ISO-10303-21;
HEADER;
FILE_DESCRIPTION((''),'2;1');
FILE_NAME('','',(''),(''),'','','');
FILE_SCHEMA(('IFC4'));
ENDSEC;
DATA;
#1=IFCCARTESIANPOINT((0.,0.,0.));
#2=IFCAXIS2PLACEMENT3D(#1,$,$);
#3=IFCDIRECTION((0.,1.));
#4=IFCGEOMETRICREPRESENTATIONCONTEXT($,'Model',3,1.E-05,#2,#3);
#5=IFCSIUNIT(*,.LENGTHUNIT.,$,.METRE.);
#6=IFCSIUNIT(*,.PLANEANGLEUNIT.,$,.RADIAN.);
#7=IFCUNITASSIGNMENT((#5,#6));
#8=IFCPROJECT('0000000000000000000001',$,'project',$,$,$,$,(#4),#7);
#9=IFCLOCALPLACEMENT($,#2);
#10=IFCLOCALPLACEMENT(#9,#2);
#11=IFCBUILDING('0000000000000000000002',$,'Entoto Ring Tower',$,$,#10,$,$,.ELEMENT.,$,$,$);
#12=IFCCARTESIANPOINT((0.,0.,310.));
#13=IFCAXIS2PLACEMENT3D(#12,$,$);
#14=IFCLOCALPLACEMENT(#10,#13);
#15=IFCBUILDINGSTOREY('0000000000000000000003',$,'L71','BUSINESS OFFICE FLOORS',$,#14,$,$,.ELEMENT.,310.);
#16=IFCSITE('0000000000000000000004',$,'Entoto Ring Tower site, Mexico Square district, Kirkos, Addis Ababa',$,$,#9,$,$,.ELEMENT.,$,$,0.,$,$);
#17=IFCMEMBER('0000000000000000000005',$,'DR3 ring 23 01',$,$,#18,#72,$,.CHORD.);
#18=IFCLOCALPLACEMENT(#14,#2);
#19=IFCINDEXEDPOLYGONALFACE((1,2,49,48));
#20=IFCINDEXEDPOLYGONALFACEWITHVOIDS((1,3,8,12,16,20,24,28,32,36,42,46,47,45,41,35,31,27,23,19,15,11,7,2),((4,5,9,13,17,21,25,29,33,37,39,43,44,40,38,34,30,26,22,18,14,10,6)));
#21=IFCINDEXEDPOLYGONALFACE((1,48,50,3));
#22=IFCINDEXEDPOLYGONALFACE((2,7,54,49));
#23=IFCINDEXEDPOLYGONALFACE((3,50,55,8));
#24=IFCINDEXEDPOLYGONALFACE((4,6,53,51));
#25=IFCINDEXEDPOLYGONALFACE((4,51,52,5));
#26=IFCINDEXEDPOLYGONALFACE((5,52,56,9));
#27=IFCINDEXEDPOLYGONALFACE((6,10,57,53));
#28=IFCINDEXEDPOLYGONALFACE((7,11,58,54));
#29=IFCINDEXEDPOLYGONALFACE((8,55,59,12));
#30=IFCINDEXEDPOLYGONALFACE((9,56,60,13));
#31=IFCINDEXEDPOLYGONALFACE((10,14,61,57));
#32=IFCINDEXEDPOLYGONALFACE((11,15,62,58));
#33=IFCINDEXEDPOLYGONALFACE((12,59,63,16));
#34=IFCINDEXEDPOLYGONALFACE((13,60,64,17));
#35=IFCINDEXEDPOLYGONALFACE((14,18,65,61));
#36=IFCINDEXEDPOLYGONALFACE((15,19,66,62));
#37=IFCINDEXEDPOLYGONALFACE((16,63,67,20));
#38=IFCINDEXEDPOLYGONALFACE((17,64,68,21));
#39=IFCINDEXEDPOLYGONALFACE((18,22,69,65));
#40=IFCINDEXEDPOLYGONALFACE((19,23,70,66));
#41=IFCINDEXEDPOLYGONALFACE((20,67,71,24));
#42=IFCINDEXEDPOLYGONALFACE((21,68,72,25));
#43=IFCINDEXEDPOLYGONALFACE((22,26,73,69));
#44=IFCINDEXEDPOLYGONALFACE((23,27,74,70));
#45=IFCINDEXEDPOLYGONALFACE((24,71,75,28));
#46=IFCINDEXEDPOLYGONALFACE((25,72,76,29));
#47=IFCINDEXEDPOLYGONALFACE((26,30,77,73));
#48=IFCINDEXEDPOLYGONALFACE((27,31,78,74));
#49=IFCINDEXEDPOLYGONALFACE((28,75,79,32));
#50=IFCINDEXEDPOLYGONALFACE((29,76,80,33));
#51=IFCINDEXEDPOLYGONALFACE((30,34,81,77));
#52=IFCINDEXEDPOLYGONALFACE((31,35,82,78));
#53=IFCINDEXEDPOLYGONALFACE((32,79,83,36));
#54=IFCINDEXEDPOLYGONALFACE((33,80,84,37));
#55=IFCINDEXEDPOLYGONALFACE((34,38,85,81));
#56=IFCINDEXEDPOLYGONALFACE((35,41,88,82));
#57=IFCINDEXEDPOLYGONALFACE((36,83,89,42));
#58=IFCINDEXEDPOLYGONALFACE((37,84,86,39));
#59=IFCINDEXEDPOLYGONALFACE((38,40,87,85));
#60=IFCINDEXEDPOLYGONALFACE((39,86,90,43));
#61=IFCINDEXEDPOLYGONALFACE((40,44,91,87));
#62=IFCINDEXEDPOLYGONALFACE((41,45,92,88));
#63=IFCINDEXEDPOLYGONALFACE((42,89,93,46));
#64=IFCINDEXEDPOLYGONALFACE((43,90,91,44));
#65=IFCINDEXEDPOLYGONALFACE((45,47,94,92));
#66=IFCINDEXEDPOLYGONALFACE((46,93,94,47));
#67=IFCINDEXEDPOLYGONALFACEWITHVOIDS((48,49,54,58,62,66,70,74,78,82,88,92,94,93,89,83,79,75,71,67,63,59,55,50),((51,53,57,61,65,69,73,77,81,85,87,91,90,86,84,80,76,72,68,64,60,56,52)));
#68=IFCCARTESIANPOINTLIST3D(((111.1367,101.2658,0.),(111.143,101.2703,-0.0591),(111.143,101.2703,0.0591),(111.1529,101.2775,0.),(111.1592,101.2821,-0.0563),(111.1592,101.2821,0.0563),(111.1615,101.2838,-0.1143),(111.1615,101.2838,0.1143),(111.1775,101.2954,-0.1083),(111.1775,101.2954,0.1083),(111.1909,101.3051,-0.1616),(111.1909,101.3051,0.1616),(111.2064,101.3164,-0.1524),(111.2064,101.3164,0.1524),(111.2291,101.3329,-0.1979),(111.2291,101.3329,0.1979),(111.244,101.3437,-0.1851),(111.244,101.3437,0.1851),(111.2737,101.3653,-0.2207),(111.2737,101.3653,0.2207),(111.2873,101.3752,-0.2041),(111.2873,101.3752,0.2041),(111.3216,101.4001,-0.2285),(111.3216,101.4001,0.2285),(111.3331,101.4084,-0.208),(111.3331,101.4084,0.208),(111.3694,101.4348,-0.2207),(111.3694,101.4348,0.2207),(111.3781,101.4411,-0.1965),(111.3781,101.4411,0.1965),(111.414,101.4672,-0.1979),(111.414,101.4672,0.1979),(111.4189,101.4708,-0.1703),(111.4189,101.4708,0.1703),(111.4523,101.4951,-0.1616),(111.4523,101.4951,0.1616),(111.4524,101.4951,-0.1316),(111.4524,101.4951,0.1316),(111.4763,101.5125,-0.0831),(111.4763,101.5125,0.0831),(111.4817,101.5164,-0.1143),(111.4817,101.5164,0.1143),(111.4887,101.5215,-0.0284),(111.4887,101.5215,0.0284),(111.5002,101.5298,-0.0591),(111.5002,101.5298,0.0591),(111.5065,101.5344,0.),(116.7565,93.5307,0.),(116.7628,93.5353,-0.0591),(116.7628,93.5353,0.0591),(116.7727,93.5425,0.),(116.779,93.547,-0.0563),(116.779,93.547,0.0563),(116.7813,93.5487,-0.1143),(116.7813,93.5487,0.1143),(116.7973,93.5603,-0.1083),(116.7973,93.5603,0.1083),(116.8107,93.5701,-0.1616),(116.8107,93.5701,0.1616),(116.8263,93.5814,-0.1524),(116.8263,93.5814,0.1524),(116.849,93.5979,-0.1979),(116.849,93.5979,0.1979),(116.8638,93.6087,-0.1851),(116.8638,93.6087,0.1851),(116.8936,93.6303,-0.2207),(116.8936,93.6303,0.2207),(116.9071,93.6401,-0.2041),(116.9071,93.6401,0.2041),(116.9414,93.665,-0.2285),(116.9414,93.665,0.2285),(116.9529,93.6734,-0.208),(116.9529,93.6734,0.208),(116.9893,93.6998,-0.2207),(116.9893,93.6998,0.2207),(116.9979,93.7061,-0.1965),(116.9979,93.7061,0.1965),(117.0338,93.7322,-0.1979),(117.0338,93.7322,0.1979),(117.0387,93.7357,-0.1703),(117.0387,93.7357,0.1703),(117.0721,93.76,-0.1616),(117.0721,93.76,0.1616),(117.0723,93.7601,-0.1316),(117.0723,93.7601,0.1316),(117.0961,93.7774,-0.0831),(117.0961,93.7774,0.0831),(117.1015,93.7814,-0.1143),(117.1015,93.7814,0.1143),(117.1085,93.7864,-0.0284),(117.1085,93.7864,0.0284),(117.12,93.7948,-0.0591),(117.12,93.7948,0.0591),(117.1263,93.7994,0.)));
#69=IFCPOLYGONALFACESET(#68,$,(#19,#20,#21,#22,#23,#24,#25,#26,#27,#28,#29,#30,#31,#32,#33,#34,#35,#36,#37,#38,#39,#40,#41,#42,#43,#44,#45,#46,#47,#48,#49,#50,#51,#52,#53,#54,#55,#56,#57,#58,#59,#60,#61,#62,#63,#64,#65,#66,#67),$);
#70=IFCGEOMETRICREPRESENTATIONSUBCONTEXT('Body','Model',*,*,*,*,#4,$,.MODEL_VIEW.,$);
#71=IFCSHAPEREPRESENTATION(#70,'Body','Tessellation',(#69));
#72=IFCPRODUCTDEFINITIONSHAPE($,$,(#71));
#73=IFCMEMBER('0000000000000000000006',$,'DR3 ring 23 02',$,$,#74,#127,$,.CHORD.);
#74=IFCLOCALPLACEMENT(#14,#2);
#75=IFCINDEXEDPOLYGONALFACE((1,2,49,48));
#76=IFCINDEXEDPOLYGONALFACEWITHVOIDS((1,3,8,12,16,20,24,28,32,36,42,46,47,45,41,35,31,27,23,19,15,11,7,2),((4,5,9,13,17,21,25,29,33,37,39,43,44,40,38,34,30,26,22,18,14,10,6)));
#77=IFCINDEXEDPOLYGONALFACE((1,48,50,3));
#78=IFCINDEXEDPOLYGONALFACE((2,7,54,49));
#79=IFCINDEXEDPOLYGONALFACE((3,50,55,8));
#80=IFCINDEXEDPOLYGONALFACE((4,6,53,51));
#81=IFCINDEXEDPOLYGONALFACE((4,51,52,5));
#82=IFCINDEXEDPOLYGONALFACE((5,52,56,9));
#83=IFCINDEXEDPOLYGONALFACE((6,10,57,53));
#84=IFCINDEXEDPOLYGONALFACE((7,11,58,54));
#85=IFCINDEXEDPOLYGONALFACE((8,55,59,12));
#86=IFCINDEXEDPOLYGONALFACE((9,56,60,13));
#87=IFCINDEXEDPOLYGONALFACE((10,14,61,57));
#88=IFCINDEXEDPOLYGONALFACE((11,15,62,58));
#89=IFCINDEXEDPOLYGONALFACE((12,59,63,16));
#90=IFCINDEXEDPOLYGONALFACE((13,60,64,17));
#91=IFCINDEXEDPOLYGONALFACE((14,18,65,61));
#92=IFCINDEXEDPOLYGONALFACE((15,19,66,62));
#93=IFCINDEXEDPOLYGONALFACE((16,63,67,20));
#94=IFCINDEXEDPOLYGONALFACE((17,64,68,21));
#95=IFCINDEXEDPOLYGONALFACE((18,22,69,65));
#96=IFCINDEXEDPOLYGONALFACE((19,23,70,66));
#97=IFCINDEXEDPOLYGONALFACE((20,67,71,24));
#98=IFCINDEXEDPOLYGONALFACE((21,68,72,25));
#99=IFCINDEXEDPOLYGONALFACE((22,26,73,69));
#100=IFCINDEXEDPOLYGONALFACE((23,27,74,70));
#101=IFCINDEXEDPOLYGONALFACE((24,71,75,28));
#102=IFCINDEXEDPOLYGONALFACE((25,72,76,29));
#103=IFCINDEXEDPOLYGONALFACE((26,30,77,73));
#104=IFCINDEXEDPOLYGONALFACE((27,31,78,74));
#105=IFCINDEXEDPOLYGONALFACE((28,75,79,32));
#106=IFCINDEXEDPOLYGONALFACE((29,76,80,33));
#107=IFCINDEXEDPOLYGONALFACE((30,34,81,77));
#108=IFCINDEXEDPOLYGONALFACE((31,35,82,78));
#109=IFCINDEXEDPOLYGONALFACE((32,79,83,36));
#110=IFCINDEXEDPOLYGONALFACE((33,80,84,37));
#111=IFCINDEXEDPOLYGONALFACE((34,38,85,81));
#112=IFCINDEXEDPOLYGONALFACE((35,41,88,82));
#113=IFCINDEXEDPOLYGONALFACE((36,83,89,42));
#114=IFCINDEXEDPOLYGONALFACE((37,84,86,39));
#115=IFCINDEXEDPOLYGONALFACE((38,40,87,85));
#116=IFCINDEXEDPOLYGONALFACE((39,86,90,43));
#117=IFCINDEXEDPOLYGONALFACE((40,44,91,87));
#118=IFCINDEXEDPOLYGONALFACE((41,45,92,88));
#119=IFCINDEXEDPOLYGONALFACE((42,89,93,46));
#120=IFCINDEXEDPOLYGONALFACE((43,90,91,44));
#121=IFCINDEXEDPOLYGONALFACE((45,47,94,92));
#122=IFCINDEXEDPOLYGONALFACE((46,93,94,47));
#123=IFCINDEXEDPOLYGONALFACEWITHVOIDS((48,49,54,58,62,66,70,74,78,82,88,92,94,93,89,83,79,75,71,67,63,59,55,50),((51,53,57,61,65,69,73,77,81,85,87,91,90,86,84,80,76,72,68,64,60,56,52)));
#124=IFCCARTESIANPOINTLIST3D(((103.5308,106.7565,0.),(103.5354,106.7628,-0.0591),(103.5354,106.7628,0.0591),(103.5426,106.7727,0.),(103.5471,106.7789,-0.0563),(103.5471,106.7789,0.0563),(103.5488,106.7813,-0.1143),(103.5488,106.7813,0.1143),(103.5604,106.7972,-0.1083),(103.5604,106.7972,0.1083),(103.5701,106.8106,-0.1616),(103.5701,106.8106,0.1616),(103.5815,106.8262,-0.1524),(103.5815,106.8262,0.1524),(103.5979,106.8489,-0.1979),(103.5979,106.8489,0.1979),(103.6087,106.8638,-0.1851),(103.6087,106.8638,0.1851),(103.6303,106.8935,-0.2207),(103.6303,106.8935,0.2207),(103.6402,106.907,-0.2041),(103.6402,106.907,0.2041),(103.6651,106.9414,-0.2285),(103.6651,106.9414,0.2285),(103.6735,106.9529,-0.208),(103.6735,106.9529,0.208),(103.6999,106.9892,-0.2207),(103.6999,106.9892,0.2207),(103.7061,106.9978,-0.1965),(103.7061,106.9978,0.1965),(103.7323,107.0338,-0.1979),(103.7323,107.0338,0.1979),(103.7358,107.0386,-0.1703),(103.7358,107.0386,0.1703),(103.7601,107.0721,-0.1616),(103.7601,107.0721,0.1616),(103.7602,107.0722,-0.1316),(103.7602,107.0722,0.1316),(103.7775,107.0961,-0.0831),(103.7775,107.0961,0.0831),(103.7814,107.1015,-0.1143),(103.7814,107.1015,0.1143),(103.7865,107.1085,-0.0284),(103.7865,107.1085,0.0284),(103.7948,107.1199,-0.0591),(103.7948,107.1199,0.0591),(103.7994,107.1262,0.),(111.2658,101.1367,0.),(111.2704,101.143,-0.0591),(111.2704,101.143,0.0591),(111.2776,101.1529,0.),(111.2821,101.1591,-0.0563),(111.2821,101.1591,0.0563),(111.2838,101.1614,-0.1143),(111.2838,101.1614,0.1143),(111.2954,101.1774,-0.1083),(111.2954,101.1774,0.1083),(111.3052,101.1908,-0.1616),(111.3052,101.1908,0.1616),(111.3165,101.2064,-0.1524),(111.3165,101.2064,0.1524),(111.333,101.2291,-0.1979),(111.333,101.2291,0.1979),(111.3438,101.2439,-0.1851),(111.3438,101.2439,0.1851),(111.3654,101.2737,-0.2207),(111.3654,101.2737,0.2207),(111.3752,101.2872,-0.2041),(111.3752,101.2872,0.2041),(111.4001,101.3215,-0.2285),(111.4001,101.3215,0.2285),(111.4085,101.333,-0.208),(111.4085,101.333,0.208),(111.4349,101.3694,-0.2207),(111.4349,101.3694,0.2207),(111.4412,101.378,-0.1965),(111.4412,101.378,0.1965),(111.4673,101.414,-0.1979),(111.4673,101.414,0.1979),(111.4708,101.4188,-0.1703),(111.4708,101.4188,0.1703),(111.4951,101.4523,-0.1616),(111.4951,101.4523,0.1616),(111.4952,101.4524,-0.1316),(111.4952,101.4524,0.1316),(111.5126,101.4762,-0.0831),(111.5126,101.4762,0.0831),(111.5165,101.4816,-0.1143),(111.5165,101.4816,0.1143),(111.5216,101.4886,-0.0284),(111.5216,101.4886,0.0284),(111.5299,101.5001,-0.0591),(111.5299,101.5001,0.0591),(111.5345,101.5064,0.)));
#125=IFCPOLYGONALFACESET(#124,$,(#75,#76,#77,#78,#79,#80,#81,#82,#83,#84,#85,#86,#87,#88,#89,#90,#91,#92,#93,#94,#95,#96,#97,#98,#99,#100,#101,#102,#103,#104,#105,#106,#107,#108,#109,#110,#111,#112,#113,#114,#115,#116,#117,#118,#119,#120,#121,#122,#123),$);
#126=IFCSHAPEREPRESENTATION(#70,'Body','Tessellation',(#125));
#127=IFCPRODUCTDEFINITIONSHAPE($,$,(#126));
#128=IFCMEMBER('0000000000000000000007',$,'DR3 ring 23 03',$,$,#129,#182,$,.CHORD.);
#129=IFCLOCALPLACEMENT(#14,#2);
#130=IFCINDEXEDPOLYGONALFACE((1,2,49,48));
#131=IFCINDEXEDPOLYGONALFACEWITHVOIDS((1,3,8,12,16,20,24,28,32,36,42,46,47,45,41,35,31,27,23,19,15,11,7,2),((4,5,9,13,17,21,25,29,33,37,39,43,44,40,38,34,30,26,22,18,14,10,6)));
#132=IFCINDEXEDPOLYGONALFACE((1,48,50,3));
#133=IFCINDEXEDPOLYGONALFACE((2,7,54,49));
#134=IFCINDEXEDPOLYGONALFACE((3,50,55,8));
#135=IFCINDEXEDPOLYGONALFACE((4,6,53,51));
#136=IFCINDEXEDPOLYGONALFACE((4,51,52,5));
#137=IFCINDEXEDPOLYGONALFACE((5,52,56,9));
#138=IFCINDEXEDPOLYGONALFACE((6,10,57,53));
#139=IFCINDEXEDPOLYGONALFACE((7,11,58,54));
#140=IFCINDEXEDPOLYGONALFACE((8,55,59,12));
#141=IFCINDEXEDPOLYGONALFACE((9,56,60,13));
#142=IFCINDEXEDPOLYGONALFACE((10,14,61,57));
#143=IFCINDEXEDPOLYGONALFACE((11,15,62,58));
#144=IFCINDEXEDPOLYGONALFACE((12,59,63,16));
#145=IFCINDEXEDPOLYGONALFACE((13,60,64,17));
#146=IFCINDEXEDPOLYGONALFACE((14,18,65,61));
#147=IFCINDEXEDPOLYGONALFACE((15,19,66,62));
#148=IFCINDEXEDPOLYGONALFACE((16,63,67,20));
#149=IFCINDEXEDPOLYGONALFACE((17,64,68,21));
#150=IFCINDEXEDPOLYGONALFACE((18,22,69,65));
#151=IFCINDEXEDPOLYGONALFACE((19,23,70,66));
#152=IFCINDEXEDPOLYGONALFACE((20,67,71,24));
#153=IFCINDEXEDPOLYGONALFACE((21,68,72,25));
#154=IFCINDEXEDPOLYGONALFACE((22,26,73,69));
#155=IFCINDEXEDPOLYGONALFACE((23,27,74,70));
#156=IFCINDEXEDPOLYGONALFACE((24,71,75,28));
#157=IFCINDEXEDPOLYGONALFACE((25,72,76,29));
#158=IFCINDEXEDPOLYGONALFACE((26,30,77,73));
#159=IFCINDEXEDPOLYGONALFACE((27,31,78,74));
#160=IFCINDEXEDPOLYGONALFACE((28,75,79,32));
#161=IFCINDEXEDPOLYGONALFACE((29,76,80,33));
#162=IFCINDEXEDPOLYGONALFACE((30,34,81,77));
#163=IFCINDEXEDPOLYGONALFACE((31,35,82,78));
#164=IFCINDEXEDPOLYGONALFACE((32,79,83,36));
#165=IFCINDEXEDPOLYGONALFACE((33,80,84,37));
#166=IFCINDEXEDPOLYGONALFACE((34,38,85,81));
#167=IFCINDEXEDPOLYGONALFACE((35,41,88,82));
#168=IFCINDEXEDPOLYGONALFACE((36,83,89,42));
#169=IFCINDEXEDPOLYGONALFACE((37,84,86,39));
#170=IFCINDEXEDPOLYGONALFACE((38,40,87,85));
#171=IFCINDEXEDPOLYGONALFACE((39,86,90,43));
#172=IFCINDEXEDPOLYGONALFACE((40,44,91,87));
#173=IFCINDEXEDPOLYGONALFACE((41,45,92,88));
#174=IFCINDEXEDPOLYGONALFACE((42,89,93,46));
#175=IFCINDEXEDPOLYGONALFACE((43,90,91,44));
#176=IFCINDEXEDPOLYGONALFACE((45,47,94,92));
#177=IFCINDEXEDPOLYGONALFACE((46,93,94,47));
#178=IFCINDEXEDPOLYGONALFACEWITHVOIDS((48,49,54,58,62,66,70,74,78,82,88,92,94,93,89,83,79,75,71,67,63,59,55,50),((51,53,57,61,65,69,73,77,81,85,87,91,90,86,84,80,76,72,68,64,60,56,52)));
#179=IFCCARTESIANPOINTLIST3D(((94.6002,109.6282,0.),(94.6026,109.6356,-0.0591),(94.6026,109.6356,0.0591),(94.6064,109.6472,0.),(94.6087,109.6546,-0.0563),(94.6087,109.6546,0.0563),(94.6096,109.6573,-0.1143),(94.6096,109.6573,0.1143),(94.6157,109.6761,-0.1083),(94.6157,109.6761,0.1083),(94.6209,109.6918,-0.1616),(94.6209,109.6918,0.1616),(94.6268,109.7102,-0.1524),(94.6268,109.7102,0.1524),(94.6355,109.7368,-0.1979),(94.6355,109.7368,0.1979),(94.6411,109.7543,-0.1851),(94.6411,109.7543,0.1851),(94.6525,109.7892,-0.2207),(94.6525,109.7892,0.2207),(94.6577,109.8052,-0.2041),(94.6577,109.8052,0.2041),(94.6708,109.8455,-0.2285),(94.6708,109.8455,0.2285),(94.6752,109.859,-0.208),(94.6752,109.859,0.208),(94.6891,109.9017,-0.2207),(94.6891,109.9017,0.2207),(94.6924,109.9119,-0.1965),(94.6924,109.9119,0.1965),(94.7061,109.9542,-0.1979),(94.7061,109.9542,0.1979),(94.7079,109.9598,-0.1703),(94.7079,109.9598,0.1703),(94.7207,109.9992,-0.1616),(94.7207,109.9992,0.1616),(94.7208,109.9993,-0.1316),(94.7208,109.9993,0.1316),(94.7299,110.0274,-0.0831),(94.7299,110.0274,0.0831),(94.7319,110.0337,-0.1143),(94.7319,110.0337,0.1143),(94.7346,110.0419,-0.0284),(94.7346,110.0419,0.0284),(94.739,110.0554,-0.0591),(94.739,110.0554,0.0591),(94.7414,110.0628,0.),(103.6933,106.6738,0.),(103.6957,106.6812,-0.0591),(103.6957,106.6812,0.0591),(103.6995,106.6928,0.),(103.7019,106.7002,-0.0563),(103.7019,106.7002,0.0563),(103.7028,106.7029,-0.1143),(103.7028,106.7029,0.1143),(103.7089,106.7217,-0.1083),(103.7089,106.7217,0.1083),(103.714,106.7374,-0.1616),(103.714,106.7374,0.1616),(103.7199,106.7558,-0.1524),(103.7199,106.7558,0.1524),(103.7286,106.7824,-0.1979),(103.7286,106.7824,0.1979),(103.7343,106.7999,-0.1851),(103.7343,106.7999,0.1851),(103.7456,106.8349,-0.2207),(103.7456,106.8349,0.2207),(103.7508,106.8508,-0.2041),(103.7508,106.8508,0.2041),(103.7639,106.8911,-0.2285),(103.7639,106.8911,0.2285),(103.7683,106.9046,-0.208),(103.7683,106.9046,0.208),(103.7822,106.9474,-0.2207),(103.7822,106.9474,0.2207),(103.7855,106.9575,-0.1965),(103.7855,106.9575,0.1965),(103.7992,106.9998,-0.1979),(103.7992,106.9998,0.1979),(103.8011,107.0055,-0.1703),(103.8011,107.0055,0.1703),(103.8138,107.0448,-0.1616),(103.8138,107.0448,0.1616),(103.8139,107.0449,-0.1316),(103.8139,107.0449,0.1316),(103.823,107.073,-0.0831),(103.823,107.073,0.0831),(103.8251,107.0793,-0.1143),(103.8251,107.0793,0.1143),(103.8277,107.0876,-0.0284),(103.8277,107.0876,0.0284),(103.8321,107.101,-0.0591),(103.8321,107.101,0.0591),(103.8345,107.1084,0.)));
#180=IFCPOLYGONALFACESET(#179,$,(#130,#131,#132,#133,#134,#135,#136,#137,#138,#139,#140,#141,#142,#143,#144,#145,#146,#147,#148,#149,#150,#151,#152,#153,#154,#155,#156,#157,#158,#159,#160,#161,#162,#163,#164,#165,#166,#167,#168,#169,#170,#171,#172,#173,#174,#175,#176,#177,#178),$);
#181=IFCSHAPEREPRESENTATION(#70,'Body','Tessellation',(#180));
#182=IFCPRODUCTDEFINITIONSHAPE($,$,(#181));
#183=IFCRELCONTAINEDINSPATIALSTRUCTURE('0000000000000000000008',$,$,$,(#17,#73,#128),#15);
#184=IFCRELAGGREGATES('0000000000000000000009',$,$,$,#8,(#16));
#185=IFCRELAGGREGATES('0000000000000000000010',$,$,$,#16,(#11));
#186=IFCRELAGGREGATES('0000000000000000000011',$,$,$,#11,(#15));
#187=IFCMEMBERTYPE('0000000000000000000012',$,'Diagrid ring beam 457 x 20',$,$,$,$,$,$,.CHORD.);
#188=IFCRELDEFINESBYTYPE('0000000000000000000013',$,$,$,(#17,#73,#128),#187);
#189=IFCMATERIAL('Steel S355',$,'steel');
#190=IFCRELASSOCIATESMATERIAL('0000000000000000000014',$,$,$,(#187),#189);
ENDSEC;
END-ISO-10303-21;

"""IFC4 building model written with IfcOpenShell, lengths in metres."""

from ifc_helpers import new_model, si_unit, direction, frame, origin, origin_2d, place, context, subcontext, project, spatial, circle, hollow_circle, extrude, material, material_profile, profile_set, type_object, element, save


model = new_model("IFC4")

# Units and contexts
model_context = context("Model", 3, precision=1e-05, world=origin(), true_north=direction((0.0, 1.0)))
body_context = subcontext(model_context, "Body", "Model", "MODEL_VIEW")
ifc_project = project(units=[si_unit("LENGTHUNIT", "METRE"), si_unit("PLANEANGLEUNIT", "RADIAN")], contexts=[model_context])

# Site, building, storey
site_placement = place(None, origin())
site = spatial("IfcSite", under=ifc_project, at=site_placement, Name="Entoto Ring Tower site, Mexico Square district, Kirkos, Addis Ababa", CompositionType="ELEMENT", RefElevation=0.0)
building_placement = place(site_placement, origin())
building = spatial("IfcBuilding", under=site, at=building_placement, Name="Entoto Ring Tower", CompositionType="ELEMENT")
storey_placement = place(building_placement, frame((0.0, 0.0, 310.0)))
storey = spatial("IfcBuildingStorey", under=building, at=storey_placement, Name="L71", Description="BUSINESS OFFICE FLOORS", CompositionType="ELEMENT", Elevation=310.0)

# Members
ifc_material_1 = material(Name="Steel S355", Category="steel")
ifc_material_profile_1 = material_profile(ifc_material_1, hollow_circle(Radius=0.2285, WallThickness=0.02, at=origin_2d()), Name="CHS 457 x 20")
ifc_material_2 = material(Name="Concrete C60/75", Category="concrete")
ifc_material_profile_2 = material_profile(ifc_material_2, circle(Radius=0.2085, at=origin_2d()), Name="Concrete C60/75 infill")
ifc_profile_set_1 = profile_set([ifc_material_profile_1, ifc_material_profile_2], Name="Steel S355")
member_type_1 = type_object("IfcMemberType", Name="Diagrid ring beam 457 x 20", PredefinedType="CHORD", material=ifc_profile_set_1)
for number, where, z_axis, x_axis, name in (
    (1, (116.9414, 93.665, 0.0), (-0.587784, 0.809018, 0.0), (-0.809018, -0.587784, 0.0), "DR3 ring 23 01"),
    (2, (111.4001, 101.3215, 0.0), (-0.809018, 0.587784, 0.0), (-0.587784, -0.809018, 0.0), "DR3 ring 23 02"),
    (3, (103.7639, 106.8911, 0.0), (-0.951061, 0.309002, 0.0), (-0.309002, -0.951061, 0.0), "DR3 ring 23 03"),
):
    element("IfcMember", number, at=place(storey_placement, frame(where, z_axis=z_axis, x_axis=x_axis)), inside=storey, type_object=member_type_1, Name=name, PredefinedType="CHORD", context=body_context, shape_type="SweptSolid", body=[
        extrude(hollow_circle(Radius=0.2285, WallThickness=0.02, at=origin_2d()), origin(), (0.0, 0.0, 1.0), 9.561),
    ])

save(model, "model.ifc")
